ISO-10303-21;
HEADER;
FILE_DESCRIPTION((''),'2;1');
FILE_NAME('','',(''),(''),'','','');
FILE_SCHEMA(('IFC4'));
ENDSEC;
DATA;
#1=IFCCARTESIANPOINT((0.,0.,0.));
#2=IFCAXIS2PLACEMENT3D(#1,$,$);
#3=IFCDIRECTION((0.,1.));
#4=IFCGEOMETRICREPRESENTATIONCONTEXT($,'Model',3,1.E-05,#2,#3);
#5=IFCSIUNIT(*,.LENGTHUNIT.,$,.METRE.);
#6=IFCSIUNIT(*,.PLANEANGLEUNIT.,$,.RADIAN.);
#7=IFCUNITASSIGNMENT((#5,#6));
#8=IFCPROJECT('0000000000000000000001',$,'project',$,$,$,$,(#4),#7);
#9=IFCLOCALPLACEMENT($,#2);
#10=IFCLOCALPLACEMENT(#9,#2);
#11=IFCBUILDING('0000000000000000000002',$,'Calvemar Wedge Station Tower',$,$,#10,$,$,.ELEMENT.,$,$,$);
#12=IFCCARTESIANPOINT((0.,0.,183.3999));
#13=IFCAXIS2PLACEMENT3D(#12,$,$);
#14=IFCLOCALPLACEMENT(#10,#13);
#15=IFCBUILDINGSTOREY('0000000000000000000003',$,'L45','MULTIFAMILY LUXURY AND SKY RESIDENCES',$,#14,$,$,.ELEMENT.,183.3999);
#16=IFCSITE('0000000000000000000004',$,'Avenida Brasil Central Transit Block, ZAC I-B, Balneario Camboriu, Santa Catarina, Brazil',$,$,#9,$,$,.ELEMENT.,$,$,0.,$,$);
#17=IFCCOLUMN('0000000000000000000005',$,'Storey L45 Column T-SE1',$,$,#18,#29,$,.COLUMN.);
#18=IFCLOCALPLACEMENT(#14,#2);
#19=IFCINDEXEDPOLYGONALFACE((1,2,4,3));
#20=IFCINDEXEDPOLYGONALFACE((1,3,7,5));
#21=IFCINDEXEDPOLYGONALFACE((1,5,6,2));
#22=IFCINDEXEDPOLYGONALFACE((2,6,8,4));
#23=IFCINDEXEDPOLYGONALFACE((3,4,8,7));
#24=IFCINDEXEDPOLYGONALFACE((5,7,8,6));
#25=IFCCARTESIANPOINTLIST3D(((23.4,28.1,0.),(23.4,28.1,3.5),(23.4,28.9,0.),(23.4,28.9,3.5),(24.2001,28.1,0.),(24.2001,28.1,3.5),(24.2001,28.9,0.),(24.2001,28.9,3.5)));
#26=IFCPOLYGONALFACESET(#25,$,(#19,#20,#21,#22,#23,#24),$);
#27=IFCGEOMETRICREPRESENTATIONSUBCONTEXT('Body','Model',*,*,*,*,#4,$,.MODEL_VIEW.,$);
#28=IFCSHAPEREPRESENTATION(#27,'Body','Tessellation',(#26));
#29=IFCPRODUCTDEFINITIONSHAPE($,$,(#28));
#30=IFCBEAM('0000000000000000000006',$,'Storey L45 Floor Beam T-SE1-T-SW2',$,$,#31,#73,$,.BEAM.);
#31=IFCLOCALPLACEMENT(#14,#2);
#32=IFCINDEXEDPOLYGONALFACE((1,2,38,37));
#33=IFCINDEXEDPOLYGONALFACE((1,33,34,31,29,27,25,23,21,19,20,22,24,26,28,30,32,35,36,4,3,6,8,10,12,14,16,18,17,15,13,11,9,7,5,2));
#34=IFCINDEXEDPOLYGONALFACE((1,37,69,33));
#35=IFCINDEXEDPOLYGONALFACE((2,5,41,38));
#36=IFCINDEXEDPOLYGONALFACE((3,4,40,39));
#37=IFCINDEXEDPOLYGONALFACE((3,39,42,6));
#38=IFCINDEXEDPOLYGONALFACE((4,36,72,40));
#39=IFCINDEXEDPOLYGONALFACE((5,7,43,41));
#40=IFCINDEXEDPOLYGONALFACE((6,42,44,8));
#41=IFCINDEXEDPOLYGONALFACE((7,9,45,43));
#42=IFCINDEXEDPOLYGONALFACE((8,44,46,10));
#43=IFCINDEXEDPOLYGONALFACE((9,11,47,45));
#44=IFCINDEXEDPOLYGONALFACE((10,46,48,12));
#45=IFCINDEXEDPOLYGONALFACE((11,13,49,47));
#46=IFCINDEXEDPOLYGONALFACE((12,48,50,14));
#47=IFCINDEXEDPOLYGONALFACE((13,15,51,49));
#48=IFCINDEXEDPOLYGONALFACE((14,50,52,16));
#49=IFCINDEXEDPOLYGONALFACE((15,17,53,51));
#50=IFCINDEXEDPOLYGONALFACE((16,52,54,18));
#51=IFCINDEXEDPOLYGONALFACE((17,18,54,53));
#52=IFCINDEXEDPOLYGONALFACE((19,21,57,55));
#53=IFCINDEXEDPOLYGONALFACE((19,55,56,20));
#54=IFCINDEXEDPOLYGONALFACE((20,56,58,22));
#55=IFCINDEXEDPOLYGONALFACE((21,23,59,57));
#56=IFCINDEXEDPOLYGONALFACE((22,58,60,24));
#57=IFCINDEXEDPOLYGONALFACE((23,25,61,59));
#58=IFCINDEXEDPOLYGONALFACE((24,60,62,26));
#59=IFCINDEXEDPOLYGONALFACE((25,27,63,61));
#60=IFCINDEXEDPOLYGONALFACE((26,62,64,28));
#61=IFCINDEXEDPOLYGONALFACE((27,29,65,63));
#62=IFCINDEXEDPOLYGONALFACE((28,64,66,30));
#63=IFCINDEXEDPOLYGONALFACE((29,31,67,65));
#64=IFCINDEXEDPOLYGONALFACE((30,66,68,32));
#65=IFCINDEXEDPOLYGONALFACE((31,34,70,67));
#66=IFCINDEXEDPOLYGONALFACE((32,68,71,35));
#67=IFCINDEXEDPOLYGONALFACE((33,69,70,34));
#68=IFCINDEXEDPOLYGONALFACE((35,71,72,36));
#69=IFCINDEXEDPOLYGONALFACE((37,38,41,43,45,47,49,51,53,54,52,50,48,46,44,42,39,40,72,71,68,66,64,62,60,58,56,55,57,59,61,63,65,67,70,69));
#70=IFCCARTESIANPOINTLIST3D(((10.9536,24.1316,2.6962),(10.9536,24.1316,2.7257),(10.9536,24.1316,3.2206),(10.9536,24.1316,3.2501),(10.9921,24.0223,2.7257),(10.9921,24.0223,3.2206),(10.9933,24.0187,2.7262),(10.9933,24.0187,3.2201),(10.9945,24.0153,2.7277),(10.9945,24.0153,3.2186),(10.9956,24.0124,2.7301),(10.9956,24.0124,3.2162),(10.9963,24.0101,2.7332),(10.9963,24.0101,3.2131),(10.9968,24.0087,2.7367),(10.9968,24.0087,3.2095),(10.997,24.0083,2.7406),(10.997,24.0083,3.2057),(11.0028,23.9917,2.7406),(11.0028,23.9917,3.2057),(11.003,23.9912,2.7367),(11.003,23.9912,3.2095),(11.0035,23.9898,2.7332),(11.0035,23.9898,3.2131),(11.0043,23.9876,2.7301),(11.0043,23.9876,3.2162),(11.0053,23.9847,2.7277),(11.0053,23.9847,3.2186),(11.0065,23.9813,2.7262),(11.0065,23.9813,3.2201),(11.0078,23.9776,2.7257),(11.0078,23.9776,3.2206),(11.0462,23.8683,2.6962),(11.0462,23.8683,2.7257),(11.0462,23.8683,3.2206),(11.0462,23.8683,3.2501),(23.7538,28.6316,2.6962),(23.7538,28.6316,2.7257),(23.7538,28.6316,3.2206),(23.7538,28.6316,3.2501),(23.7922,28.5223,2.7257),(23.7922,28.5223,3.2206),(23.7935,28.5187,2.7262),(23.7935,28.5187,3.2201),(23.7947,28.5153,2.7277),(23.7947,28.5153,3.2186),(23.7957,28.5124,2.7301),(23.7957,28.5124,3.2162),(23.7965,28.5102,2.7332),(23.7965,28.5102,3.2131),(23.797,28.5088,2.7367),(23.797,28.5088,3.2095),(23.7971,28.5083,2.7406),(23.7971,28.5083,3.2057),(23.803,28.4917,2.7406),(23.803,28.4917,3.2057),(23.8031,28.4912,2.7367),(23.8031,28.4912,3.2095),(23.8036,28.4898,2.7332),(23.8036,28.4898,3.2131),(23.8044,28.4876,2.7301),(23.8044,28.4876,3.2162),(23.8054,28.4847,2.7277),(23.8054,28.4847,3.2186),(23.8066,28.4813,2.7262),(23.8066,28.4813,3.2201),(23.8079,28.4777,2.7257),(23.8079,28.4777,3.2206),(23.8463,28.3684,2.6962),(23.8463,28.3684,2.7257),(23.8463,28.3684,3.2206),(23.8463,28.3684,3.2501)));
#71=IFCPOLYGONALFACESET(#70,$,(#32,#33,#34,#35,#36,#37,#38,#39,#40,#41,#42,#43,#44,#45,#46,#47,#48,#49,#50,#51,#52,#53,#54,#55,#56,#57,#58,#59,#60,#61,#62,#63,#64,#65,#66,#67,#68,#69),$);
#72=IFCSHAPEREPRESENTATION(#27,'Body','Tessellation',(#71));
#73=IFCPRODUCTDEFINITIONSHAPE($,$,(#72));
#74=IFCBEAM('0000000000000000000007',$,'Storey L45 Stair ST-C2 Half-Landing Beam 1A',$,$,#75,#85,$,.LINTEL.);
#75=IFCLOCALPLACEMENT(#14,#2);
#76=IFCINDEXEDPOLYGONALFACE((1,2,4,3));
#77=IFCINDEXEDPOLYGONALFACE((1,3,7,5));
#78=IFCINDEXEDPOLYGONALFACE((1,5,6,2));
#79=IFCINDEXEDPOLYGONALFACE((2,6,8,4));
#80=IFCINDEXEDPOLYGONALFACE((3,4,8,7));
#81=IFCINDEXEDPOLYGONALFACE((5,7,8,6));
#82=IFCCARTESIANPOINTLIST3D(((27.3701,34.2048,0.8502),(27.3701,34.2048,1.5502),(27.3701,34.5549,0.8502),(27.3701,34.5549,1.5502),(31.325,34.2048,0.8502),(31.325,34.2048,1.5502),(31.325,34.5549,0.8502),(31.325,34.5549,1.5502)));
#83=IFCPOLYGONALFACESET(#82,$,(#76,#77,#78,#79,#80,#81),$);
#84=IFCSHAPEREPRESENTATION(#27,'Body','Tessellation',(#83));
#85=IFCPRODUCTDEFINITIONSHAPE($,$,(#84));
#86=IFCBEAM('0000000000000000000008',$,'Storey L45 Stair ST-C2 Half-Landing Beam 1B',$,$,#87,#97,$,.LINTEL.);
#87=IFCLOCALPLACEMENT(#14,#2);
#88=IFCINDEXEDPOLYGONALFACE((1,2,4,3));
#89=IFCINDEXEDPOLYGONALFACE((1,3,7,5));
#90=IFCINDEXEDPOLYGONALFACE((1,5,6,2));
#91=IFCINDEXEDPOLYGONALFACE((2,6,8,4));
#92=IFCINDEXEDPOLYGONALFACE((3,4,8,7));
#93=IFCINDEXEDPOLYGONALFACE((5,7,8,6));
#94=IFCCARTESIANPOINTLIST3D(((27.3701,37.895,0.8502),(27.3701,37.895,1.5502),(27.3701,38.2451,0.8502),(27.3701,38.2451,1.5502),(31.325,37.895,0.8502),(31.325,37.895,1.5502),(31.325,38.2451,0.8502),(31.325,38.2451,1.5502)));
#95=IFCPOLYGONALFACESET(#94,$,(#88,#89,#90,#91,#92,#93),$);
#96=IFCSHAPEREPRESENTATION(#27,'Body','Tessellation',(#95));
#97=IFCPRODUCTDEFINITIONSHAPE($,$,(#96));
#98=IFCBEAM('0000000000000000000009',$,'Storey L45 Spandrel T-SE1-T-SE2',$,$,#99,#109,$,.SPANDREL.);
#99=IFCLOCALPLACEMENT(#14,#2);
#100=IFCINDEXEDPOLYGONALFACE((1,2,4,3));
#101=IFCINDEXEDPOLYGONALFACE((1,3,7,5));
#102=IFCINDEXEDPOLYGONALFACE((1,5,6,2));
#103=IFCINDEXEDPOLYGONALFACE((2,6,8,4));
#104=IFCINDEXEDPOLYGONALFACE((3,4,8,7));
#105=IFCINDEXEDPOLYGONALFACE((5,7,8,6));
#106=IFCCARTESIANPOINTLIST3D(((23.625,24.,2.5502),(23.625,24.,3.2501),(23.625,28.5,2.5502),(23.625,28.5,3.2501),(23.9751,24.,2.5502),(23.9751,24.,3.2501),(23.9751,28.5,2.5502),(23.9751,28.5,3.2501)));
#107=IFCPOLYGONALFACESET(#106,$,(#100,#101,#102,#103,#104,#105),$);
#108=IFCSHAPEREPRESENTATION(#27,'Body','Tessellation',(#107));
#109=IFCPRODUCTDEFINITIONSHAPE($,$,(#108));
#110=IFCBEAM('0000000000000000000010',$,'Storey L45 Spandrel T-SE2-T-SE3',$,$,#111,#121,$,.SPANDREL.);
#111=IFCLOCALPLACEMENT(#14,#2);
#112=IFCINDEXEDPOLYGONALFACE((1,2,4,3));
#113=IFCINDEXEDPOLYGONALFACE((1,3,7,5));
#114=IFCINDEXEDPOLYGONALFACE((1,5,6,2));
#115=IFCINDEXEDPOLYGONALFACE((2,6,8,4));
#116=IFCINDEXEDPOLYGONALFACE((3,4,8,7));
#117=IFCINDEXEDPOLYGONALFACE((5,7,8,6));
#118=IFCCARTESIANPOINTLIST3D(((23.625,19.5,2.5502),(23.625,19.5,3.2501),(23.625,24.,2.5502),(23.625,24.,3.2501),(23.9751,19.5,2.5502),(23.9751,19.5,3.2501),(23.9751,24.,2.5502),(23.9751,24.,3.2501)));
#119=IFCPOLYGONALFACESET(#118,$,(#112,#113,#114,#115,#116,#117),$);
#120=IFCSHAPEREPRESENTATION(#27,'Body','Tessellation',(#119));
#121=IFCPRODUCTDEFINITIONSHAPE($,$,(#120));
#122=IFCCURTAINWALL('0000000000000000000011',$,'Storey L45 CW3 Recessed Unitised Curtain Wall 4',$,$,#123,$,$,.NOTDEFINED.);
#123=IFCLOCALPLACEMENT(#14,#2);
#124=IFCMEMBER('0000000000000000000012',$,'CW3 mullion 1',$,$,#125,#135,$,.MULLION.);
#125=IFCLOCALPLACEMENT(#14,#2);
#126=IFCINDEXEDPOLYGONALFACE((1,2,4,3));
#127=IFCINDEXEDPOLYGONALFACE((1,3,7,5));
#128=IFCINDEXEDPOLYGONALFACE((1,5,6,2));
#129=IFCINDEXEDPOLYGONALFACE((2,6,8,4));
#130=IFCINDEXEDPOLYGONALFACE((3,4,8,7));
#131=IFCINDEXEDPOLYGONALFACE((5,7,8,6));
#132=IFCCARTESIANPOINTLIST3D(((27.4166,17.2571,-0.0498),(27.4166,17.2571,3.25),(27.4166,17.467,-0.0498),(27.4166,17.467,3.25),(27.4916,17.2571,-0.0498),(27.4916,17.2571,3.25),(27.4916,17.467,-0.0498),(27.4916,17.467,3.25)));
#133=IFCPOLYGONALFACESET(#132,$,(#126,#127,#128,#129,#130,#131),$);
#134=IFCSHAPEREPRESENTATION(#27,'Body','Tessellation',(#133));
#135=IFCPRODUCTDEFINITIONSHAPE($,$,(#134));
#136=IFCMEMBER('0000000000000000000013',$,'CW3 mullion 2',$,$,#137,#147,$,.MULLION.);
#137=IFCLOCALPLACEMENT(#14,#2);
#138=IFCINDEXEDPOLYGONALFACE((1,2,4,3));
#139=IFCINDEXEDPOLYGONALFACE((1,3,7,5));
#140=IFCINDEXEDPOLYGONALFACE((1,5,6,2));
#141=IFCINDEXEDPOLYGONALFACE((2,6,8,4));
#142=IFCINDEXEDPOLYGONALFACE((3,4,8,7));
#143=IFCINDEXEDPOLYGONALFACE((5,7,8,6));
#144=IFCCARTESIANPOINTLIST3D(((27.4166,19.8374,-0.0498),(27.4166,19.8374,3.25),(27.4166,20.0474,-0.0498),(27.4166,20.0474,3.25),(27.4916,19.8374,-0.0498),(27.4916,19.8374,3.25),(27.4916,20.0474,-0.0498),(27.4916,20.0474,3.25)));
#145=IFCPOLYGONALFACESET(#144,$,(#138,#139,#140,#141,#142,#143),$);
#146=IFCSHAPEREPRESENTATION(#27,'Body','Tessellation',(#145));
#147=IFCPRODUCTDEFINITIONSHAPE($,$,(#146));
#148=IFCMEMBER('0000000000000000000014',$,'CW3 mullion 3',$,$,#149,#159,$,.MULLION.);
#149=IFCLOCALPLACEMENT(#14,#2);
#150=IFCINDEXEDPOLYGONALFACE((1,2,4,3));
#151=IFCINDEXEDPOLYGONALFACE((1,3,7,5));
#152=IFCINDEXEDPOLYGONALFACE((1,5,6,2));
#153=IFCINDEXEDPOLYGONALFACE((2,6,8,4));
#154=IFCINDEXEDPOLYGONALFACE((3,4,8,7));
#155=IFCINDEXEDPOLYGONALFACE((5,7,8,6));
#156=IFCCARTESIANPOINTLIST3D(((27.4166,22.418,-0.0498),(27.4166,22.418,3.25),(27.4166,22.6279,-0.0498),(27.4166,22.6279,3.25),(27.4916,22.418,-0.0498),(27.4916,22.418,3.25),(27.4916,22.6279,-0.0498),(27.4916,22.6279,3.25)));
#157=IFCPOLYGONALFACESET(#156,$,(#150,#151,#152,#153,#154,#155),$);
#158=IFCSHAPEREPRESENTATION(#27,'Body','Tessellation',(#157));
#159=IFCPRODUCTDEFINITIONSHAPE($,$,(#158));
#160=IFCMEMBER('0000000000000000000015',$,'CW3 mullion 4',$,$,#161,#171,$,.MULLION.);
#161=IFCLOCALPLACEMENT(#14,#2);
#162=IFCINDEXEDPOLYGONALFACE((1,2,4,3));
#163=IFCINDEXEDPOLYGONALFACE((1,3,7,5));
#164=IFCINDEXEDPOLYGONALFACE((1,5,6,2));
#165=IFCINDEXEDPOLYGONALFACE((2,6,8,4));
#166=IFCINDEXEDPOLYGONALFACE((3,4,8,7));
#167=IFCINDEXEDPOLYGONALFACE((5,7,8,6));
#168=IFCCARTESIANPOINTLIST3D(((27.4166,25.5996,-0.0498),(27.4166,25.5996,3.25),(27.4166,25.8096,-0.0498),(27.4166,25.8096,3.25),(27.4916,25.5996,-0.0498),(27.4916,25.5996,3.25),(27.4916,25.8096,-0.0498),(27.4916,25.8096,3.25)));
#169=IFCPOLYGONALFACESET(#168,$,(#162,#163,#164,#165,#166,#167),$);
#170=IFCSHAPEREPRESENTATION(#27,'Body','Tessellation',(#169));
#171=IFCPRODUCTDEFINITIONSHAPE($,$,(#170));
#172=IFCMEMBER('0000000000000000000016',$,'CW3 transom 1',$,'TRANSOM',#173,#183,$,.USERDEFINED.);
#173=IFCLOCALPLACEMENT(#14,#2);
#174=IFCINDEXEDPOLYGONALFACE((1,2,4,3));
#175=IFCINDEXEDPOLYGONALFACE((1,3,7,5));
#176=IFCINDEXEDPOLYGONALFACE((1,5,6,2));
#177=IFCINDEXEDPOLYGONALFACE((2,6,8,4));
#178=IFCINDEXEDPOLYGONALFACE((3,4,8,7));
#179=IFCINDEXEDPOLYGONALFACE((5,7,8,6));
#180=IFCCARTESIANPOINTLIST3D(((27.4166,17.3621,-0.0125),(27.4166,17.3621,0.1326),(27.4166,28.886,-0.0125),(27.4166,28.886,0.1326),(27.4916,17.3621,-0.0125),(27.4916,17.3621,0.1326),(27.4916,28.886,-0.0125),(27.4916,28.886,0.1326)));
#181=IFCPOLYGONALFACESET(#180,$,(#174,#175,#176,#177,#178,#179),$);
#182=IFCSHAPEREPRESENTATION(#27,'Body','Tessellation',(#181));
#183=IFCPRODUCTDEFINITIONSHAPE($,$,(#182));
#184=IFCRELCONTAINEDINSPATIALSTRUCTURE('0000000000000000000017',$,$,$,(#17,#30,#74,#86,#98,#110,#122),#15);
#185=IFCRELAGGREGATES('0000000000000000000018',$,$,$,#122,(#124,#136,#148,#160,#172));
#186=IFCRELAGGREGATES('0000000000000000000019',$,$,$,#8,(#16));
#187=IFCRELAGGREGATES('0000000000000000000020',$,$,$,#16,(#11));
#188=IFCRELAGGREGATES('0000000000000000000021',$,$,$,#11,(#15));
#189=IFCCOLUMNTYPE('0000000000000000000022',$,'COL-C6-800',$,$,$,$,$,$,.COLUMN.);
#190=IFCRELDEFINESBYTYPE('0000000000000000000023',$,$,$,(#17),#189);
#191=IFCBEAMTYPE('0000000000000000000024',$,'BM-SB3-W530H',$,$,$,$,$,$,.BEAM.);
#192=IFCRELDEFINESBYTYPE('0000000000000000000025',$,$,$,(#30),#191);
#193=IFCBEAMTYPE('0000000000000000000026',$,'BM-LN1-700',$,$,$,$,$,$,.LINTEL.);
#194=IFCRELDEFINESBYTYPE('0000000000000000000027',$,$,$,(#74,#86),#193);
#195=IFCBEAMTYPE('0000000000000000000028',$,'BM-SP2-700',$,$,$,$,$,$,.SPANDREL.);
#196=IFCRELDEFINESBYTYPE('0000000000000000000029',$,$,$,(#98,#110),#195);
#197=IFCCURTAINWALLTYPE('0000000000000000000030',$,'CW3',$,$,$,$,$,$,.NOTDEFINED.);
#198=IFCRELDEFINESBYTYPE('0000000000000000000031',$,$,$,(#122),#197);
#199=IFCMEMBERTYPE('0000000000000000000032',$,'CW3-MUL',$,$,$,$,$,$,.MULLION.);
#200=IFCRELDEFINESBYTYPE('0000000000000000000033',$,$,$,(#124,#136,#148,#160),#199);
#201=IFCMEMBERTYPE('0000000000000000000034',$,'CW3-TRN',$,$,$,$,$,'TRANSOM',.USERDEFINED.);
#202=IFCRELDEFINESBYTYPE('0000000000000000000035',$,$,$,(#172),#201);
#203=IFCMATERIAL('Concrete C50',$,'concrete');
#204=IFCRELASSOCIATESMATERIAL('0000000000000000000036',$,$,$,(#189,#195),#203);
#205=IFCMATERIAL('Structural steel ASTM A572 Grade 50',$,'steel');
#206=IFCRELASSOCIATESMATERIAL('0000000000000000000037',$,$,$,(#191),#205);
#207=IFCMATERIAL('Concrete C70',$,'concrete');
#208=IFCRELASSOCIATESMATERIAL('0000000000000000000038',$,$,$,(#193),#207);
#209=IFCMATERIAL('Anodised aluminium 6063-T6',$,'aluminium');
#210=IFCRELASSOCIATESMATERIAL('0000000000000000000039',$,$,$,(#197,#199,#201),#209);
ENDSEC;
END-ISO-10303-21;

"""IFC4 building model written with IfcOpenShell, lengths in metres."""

from ifc_helpers import new_model, si_unit, direction, frame, origin, origin_2d, place, context, subcontext, project, spatial, rectangle, i_section, extrude, source, transform, mapped, material, material_profile, profile_set, type_object, element, aggregate, save


model = new_model("IFC4")

# Units and contexts
model_context = context("Model", 3, precision=1e-05, world=origin(), true_north=direction((0.0, 1.0)))
body_context = subcontext(model_context, "Body", "Model", "MODEL_VIEW")
ifc_project = project(units=[si_unit("LENGTHUNIT", "METRE"), si_unit("PLANEANGLEUNIT", "RADIAN")], contexts=[model_context])

# Site, building, storey
site_placement = place(None, origin())
site = spatial("IfcSite", under=ifc_project, at=site_placement, Name="Avenida Brasil Central Transit Block, ZAC I-B, Balneario Camboriu, Santa Catarina, Brazil", CompositionType="ELEMENT", RefElevation=0.0)
building_placement = place(site_placement, origin())
building = spatial("IfcBuilding", under=site, at=building_placement, Name="Calvemar Wedge Station Tower", CompositionType="ELEMENT")
storey_placement = place(building_placement, frame((0.0, 0.0, 183.3999)))
storey = spatial("IfcBuildingStorey", under=building, at=storey_placement, Name="L45", Description="MULTIFAMILY LUXURY AND SKY RESIDENCES", CompositionType="ELEMENT", Elevation=183.3999)

# Column
ifc_material_1 = material(Name="Concrete C50", Category="concrete")
ifc_material_profile_1 = material_profile(ifc_material_1, rectangle(XDim=0.8, YDim=0.8, at=origin_2d()), Name="RC800x800")
ifc_profile_set_1 = profile_set([ifc_material_profile_1], Name="Concrete C50")
column_type = type_object("IfcColumnType", Name="COL-C6-800", PredefinedType="COLUMN", material=ifc_profile_set_1)
shared_shape_1 = source(origin(), body_context, "Body", "SweptSolid", [
    extrude(rectangle(XDim=0.8, YDim=0.8, at=origin_2d()), origin(), (0.0, 0.0, 1.0), 3.5),
])
column_placement = place(storey_placement, frame((23.8, 28.5, 0.0), z_axis=(0.0, 0.0, 1.0), x_axis=(1.0, 0.0, 0.0)))
element("IfcColumn", 1, at=column_placement, inside=storey, type_object=column_type, Name="Storey L45 Column T-SE1", PredefinedType="COLUMN", context=body_context, shape_type="MappedRepresentation", body=[
    mapped(shared_shape_1, transform((0.0, 0.0, 0.0), scale=1.0)),
])

# Beams
ifc_material_2 = material(Name="Structural steel ASTM A572 Grade 50", Category="steel")
ifc_material_profile_2 = material_profile(ifc_material_2, i_section(OverallWidth=0.2791, OverallDepth=0.554, WebThickness=0.0176, FlangeThickness=0.0295, FilletRadius=0.0149, at=origin_2d()), Name="W530x196")
ifc_profile_set_2 = profile_set([ifc_material_profile_2], Name="Structural steel ASTM A572 Grade 50")
beam_type_1 = type_object("IfcBeamType", Name="BM-SB3-W530H", PredefinedType="BEAM", material=ifc_profile_set_2)
shared_shape_2 = source(origin(), body_context, "Body", "SweptSolid", [
    extrude(i_section(OverallWidth=0.2791, OverallDepth=0.554, WebThickness=0.0176, FlangeThickness=0.0295, FilletRadius=0.0149, at=origin_2d()), origin(), (0.0, 0.0, 1.0), 13.5681),
])
beam_placement = place(storey_placement, frame((23.8, 28.5, 2.9731), z_axis=(-0.943398, -0.331662, 0.0), x_axis=(0.331662, -0.943398, 0.0)))
element("IfcBeam", 2, at=beam_placement, inside=storey, type_object=beam_type_1, Name="Storey L45 Floor Beam T-SE1-T-SW2", PredefinedType="BEAM", context=body_context, shape_type="MappedRepresentation", body=[
    mapped(shared_shape_2, transform((0.0, 0.0, 0.0), scale=1.0)),
])
ifc_material_3 = material(Name="Concrete C70", Category="concrete")
ifc_material_profile_3 = material_profile(ifc_material_3, rectangle(XDim=0.3501, YDim=0.7, at=origin_2d()), Name="RC350x700")
ifc_profile_set_3 = profile_set([ifc_material_profile_3], Name="Concrete C70")
beam_type_2 = type_object("IfcBeamType", Name="BM-LN1-700", PredefinedType="LINTEL", material=ifc_profile_set_3)
shared_shape_3 = source(origin(), body_context, "Body", "SweptSolid", [
    extrude(rectangle(XDim=0.3501, YDim=0.7, at=origin_2d()), origin(), (0.0, 0.0, 1.0), 3.9548),
])
for number, where, z_axis, x_axis, name in (
    (3, (27.3701, 34.3799, 1.2002), (1.0, 0.0, 0.0), (0.0, 1.0, 0.0), "Storey L45 Stair ST-C2 Half-Landing Beam 1A"),
    (4, (27.3701, 38.0701, 1.2002), (1.0, 0.0, 0.0), (0.0, 1.0, 0.0), "Storey L45 Stair ST-C2 Half-Landing Beam 1B"),
):
    element("IfcBeam", number, at=place(storey_placement, frame(where, z_axis=z_axis, x_axis=x_axis)), inside=storey, type_object=beam_type_2, Name=name, PredefinedType="LINTEL", context=body_context, shape_type="MappedRepresentation", body=[
        mapped(shared_shape_3, transform((0.0, 0.0, 0.0), scale=1.0)),
    ])
ifc_material_profile_4 = material_profile(ifc_material_1, rectangle(XDim=0.3501, YDim=0.7, at=origin_2d()), Name="RC350x700")
ifc_profile_set_4 = profile_set([ifc_material_profile_4], Name="Concrete C50")
beam_type_3 = type_object("IfcBeamType", Name="BM-SP2-700", PredefinedType="SPANDREL", material=ifc_profile_set_4)
shared_shape_4 = source(origin(), body_context, "Body", "SweptSolid", [
    extrude(rectangle(XDim=0.3501, YDim=0.7, at=origin_2d()), origin(), (0.0, 0.0, 1.0), 4.5),
])
for number, where, z_axis, x_axis, name in (
    (5, (23.8, 28.5, 2.9001), (0.0, -1.0, 0.0), (1.0, 0.0, 0.0), "Storey L45 Spandrel T-SE1-T-SE2"),
    (6, (23.8, 24.0, 2.9001), (0.0, -1.0, 0.0), (1.0, 0.0, 0.0), "Storey L45 Spandrel T-SE2-T-SE3"),
):
    element("IfcBeam", number, at=place(storey_placement, frame(where, z_axis=z_axis, x_axis=x_axis)), inside=storey, type_object=beam_type_3, Name=name, PredefinedType="SPANDREL", context=body_context, shape_type="MappedRepresentation", body=[
        mapped(shared_shape_4, transform((0.0, 0.0, 0.0), scale=1.0)),
    ])

# Curtain wall, members
ifc_material_4 = material(Name="Anodised aluminium 6063-T6", Category="aluminium")
curtain_wall_type = type_object("IfcCurtainWallType", Name="CW3", PredefinedType="NOTDEFINED", material=ifc_material_4)
curtain_wall_placement = place(storey_placement, origin())
curtain_wall = element("IfcCurtainWall", 7, at=curtain_wall_placement, inside=storey, type_object=curtain_wall_type, Name="Storey L45 CW3 Recessed Unitised Curtain Wall 4", PredefinedType="NOTDEFINED")
ifc_material_profile_5 = material_profile(ifc_material_4, rectangle(XDim=0.075, YDim=0.21, at=origin_2d()), Name="AL-MUL-75x210")
ifc_profile_set_5 = profile_set([ifc_material_profile_5], Name="Anodised aluminium 6063-T6")
member_type_1 = type_object("IfcMemberType", Name="CW3-MUL", PredefinedType="MULLION", material=ifc_profile_set_5)
shared_shape_5 = source(origin(), body_context, "Body", "SweptSolid", [
    extrude(rectangle(XDim=0.075, YDim=0.21, at=origin_2d()), origin(), (0.0, 0.0, 1.0), 3.2998),
])
member_1_placement = place(storey_placement, frame((27.4541, 17.3621, -0.0498), z_axis=(0.0, 0.0, 1.0), x_axis=(1.0, 0.0, 0.0)))
member_1 = element("IfcMember", 8, at=member_1_placement, type_object=member_type_1, Name="CW3 mullion 1", PredefinedType="MULLION", context=body_context, shape_type="MappedRepresentation", body=[
    mapped(shared_shape_5, transform((0.0, 0.0, 0.0), scale=1.0)),
])
member_2_placement = place(storey_placement, frame((27.4541, 19.9424, -0.0498), z_axis=(0.0, 0.0, 1.0), x_axis=(1.0, 0.0, 0.0)))
member_2 = element("IfcMember", 9, at=member_2_placement, type_object=member_type_1, Name="CW3 mullion 2", PredefinedType="MULLION", context=body_context, shape_type="MappedRepresentation", body=[
    mapped(shared_shape_5, transform((0.0, 0.0, 0.0), scale=1.0)),
])
member_3_placement = place(storey_placement, frame((27.4541, 22.5229, -0.0498), z_axis=(0.0, 0.0, 1.0), x_axis=(1.0, 0.0, 0.0)))
member_3 = element("IfcMember", 10, at=member_3_placement, type_object=member_type_1, Name="CW3 mullion 3", PredefinedType="MULLION", context=body_context, shape_type="MappedRepresentation", body=[
    mapped(shared_shape_5, transform((0.0, 0.0, 0.0), scale=1.0)),
])
member_4_placement = place(storey_placement, frame((27.4541, 25.7046, -0.0498), z_axis=(0.0, 0.0, 1.0), x_axis=(1.0, 0.0, 0.0)))
member_4 = element("IfcMember", 11, at=member_4_placement, type_object=member_type_1, Name="CW3 mullion 4", PredefinedType="MULLION", context=body_context, shape_type="MappedRepresentation", body=[
    mapped(shared_shape_5, transform((0.0, 0.0, 0.0), scale=1.0)),
])
ifc_material_profile_6 = material_profile(ifc_material_4, rectangle(XDim=0.075, YDim=0.145, at=origin_2d()), Name="AL-TRN-75x145")
ifc_profile_set_6 = profile_set([ifc_material_profile_6], Name="Anodised aluminium 6063-T6")
member_type_2 = type_object("IfcMemberType", Name="CW3-TRN", ElementType="TRANSOM", PredefinedType="USERDEFINED", material=ifc_profile_set_6)
shared_shape_6 = source(origin(), body_context, "Body", "SweptSolid", [
    extrude(rectangle(XDim=0.075, YDim=0.145, at=origin_2d()), origin(), (0.0, 0.0, 1.0), 11.5239),
])
member_5_placement = place(storey_placement, frame((27.4541, 17.3621, 0.0601), z_axis=(0.0, 1.0, 0.0), x_axis=(-1.0, 0.0, 0.0)))
member_5 = element("IfcMember", 12, at=member_5_placement, type_object=member_type_2, Name="CW3 transom 1", ObjectType="TRANSOM", PredefinedType="USERDEFINED", context=body_context, shape_type="MappedRepresentation", body=[
    mapped(shared_shape_6, transform((0.0, 0.0, 0.0), scale=1.0)),
])
aggregate(curtain_wall, [member_1, member_2, member_3, member_4, member_5])

save(model, "model.ifc")
